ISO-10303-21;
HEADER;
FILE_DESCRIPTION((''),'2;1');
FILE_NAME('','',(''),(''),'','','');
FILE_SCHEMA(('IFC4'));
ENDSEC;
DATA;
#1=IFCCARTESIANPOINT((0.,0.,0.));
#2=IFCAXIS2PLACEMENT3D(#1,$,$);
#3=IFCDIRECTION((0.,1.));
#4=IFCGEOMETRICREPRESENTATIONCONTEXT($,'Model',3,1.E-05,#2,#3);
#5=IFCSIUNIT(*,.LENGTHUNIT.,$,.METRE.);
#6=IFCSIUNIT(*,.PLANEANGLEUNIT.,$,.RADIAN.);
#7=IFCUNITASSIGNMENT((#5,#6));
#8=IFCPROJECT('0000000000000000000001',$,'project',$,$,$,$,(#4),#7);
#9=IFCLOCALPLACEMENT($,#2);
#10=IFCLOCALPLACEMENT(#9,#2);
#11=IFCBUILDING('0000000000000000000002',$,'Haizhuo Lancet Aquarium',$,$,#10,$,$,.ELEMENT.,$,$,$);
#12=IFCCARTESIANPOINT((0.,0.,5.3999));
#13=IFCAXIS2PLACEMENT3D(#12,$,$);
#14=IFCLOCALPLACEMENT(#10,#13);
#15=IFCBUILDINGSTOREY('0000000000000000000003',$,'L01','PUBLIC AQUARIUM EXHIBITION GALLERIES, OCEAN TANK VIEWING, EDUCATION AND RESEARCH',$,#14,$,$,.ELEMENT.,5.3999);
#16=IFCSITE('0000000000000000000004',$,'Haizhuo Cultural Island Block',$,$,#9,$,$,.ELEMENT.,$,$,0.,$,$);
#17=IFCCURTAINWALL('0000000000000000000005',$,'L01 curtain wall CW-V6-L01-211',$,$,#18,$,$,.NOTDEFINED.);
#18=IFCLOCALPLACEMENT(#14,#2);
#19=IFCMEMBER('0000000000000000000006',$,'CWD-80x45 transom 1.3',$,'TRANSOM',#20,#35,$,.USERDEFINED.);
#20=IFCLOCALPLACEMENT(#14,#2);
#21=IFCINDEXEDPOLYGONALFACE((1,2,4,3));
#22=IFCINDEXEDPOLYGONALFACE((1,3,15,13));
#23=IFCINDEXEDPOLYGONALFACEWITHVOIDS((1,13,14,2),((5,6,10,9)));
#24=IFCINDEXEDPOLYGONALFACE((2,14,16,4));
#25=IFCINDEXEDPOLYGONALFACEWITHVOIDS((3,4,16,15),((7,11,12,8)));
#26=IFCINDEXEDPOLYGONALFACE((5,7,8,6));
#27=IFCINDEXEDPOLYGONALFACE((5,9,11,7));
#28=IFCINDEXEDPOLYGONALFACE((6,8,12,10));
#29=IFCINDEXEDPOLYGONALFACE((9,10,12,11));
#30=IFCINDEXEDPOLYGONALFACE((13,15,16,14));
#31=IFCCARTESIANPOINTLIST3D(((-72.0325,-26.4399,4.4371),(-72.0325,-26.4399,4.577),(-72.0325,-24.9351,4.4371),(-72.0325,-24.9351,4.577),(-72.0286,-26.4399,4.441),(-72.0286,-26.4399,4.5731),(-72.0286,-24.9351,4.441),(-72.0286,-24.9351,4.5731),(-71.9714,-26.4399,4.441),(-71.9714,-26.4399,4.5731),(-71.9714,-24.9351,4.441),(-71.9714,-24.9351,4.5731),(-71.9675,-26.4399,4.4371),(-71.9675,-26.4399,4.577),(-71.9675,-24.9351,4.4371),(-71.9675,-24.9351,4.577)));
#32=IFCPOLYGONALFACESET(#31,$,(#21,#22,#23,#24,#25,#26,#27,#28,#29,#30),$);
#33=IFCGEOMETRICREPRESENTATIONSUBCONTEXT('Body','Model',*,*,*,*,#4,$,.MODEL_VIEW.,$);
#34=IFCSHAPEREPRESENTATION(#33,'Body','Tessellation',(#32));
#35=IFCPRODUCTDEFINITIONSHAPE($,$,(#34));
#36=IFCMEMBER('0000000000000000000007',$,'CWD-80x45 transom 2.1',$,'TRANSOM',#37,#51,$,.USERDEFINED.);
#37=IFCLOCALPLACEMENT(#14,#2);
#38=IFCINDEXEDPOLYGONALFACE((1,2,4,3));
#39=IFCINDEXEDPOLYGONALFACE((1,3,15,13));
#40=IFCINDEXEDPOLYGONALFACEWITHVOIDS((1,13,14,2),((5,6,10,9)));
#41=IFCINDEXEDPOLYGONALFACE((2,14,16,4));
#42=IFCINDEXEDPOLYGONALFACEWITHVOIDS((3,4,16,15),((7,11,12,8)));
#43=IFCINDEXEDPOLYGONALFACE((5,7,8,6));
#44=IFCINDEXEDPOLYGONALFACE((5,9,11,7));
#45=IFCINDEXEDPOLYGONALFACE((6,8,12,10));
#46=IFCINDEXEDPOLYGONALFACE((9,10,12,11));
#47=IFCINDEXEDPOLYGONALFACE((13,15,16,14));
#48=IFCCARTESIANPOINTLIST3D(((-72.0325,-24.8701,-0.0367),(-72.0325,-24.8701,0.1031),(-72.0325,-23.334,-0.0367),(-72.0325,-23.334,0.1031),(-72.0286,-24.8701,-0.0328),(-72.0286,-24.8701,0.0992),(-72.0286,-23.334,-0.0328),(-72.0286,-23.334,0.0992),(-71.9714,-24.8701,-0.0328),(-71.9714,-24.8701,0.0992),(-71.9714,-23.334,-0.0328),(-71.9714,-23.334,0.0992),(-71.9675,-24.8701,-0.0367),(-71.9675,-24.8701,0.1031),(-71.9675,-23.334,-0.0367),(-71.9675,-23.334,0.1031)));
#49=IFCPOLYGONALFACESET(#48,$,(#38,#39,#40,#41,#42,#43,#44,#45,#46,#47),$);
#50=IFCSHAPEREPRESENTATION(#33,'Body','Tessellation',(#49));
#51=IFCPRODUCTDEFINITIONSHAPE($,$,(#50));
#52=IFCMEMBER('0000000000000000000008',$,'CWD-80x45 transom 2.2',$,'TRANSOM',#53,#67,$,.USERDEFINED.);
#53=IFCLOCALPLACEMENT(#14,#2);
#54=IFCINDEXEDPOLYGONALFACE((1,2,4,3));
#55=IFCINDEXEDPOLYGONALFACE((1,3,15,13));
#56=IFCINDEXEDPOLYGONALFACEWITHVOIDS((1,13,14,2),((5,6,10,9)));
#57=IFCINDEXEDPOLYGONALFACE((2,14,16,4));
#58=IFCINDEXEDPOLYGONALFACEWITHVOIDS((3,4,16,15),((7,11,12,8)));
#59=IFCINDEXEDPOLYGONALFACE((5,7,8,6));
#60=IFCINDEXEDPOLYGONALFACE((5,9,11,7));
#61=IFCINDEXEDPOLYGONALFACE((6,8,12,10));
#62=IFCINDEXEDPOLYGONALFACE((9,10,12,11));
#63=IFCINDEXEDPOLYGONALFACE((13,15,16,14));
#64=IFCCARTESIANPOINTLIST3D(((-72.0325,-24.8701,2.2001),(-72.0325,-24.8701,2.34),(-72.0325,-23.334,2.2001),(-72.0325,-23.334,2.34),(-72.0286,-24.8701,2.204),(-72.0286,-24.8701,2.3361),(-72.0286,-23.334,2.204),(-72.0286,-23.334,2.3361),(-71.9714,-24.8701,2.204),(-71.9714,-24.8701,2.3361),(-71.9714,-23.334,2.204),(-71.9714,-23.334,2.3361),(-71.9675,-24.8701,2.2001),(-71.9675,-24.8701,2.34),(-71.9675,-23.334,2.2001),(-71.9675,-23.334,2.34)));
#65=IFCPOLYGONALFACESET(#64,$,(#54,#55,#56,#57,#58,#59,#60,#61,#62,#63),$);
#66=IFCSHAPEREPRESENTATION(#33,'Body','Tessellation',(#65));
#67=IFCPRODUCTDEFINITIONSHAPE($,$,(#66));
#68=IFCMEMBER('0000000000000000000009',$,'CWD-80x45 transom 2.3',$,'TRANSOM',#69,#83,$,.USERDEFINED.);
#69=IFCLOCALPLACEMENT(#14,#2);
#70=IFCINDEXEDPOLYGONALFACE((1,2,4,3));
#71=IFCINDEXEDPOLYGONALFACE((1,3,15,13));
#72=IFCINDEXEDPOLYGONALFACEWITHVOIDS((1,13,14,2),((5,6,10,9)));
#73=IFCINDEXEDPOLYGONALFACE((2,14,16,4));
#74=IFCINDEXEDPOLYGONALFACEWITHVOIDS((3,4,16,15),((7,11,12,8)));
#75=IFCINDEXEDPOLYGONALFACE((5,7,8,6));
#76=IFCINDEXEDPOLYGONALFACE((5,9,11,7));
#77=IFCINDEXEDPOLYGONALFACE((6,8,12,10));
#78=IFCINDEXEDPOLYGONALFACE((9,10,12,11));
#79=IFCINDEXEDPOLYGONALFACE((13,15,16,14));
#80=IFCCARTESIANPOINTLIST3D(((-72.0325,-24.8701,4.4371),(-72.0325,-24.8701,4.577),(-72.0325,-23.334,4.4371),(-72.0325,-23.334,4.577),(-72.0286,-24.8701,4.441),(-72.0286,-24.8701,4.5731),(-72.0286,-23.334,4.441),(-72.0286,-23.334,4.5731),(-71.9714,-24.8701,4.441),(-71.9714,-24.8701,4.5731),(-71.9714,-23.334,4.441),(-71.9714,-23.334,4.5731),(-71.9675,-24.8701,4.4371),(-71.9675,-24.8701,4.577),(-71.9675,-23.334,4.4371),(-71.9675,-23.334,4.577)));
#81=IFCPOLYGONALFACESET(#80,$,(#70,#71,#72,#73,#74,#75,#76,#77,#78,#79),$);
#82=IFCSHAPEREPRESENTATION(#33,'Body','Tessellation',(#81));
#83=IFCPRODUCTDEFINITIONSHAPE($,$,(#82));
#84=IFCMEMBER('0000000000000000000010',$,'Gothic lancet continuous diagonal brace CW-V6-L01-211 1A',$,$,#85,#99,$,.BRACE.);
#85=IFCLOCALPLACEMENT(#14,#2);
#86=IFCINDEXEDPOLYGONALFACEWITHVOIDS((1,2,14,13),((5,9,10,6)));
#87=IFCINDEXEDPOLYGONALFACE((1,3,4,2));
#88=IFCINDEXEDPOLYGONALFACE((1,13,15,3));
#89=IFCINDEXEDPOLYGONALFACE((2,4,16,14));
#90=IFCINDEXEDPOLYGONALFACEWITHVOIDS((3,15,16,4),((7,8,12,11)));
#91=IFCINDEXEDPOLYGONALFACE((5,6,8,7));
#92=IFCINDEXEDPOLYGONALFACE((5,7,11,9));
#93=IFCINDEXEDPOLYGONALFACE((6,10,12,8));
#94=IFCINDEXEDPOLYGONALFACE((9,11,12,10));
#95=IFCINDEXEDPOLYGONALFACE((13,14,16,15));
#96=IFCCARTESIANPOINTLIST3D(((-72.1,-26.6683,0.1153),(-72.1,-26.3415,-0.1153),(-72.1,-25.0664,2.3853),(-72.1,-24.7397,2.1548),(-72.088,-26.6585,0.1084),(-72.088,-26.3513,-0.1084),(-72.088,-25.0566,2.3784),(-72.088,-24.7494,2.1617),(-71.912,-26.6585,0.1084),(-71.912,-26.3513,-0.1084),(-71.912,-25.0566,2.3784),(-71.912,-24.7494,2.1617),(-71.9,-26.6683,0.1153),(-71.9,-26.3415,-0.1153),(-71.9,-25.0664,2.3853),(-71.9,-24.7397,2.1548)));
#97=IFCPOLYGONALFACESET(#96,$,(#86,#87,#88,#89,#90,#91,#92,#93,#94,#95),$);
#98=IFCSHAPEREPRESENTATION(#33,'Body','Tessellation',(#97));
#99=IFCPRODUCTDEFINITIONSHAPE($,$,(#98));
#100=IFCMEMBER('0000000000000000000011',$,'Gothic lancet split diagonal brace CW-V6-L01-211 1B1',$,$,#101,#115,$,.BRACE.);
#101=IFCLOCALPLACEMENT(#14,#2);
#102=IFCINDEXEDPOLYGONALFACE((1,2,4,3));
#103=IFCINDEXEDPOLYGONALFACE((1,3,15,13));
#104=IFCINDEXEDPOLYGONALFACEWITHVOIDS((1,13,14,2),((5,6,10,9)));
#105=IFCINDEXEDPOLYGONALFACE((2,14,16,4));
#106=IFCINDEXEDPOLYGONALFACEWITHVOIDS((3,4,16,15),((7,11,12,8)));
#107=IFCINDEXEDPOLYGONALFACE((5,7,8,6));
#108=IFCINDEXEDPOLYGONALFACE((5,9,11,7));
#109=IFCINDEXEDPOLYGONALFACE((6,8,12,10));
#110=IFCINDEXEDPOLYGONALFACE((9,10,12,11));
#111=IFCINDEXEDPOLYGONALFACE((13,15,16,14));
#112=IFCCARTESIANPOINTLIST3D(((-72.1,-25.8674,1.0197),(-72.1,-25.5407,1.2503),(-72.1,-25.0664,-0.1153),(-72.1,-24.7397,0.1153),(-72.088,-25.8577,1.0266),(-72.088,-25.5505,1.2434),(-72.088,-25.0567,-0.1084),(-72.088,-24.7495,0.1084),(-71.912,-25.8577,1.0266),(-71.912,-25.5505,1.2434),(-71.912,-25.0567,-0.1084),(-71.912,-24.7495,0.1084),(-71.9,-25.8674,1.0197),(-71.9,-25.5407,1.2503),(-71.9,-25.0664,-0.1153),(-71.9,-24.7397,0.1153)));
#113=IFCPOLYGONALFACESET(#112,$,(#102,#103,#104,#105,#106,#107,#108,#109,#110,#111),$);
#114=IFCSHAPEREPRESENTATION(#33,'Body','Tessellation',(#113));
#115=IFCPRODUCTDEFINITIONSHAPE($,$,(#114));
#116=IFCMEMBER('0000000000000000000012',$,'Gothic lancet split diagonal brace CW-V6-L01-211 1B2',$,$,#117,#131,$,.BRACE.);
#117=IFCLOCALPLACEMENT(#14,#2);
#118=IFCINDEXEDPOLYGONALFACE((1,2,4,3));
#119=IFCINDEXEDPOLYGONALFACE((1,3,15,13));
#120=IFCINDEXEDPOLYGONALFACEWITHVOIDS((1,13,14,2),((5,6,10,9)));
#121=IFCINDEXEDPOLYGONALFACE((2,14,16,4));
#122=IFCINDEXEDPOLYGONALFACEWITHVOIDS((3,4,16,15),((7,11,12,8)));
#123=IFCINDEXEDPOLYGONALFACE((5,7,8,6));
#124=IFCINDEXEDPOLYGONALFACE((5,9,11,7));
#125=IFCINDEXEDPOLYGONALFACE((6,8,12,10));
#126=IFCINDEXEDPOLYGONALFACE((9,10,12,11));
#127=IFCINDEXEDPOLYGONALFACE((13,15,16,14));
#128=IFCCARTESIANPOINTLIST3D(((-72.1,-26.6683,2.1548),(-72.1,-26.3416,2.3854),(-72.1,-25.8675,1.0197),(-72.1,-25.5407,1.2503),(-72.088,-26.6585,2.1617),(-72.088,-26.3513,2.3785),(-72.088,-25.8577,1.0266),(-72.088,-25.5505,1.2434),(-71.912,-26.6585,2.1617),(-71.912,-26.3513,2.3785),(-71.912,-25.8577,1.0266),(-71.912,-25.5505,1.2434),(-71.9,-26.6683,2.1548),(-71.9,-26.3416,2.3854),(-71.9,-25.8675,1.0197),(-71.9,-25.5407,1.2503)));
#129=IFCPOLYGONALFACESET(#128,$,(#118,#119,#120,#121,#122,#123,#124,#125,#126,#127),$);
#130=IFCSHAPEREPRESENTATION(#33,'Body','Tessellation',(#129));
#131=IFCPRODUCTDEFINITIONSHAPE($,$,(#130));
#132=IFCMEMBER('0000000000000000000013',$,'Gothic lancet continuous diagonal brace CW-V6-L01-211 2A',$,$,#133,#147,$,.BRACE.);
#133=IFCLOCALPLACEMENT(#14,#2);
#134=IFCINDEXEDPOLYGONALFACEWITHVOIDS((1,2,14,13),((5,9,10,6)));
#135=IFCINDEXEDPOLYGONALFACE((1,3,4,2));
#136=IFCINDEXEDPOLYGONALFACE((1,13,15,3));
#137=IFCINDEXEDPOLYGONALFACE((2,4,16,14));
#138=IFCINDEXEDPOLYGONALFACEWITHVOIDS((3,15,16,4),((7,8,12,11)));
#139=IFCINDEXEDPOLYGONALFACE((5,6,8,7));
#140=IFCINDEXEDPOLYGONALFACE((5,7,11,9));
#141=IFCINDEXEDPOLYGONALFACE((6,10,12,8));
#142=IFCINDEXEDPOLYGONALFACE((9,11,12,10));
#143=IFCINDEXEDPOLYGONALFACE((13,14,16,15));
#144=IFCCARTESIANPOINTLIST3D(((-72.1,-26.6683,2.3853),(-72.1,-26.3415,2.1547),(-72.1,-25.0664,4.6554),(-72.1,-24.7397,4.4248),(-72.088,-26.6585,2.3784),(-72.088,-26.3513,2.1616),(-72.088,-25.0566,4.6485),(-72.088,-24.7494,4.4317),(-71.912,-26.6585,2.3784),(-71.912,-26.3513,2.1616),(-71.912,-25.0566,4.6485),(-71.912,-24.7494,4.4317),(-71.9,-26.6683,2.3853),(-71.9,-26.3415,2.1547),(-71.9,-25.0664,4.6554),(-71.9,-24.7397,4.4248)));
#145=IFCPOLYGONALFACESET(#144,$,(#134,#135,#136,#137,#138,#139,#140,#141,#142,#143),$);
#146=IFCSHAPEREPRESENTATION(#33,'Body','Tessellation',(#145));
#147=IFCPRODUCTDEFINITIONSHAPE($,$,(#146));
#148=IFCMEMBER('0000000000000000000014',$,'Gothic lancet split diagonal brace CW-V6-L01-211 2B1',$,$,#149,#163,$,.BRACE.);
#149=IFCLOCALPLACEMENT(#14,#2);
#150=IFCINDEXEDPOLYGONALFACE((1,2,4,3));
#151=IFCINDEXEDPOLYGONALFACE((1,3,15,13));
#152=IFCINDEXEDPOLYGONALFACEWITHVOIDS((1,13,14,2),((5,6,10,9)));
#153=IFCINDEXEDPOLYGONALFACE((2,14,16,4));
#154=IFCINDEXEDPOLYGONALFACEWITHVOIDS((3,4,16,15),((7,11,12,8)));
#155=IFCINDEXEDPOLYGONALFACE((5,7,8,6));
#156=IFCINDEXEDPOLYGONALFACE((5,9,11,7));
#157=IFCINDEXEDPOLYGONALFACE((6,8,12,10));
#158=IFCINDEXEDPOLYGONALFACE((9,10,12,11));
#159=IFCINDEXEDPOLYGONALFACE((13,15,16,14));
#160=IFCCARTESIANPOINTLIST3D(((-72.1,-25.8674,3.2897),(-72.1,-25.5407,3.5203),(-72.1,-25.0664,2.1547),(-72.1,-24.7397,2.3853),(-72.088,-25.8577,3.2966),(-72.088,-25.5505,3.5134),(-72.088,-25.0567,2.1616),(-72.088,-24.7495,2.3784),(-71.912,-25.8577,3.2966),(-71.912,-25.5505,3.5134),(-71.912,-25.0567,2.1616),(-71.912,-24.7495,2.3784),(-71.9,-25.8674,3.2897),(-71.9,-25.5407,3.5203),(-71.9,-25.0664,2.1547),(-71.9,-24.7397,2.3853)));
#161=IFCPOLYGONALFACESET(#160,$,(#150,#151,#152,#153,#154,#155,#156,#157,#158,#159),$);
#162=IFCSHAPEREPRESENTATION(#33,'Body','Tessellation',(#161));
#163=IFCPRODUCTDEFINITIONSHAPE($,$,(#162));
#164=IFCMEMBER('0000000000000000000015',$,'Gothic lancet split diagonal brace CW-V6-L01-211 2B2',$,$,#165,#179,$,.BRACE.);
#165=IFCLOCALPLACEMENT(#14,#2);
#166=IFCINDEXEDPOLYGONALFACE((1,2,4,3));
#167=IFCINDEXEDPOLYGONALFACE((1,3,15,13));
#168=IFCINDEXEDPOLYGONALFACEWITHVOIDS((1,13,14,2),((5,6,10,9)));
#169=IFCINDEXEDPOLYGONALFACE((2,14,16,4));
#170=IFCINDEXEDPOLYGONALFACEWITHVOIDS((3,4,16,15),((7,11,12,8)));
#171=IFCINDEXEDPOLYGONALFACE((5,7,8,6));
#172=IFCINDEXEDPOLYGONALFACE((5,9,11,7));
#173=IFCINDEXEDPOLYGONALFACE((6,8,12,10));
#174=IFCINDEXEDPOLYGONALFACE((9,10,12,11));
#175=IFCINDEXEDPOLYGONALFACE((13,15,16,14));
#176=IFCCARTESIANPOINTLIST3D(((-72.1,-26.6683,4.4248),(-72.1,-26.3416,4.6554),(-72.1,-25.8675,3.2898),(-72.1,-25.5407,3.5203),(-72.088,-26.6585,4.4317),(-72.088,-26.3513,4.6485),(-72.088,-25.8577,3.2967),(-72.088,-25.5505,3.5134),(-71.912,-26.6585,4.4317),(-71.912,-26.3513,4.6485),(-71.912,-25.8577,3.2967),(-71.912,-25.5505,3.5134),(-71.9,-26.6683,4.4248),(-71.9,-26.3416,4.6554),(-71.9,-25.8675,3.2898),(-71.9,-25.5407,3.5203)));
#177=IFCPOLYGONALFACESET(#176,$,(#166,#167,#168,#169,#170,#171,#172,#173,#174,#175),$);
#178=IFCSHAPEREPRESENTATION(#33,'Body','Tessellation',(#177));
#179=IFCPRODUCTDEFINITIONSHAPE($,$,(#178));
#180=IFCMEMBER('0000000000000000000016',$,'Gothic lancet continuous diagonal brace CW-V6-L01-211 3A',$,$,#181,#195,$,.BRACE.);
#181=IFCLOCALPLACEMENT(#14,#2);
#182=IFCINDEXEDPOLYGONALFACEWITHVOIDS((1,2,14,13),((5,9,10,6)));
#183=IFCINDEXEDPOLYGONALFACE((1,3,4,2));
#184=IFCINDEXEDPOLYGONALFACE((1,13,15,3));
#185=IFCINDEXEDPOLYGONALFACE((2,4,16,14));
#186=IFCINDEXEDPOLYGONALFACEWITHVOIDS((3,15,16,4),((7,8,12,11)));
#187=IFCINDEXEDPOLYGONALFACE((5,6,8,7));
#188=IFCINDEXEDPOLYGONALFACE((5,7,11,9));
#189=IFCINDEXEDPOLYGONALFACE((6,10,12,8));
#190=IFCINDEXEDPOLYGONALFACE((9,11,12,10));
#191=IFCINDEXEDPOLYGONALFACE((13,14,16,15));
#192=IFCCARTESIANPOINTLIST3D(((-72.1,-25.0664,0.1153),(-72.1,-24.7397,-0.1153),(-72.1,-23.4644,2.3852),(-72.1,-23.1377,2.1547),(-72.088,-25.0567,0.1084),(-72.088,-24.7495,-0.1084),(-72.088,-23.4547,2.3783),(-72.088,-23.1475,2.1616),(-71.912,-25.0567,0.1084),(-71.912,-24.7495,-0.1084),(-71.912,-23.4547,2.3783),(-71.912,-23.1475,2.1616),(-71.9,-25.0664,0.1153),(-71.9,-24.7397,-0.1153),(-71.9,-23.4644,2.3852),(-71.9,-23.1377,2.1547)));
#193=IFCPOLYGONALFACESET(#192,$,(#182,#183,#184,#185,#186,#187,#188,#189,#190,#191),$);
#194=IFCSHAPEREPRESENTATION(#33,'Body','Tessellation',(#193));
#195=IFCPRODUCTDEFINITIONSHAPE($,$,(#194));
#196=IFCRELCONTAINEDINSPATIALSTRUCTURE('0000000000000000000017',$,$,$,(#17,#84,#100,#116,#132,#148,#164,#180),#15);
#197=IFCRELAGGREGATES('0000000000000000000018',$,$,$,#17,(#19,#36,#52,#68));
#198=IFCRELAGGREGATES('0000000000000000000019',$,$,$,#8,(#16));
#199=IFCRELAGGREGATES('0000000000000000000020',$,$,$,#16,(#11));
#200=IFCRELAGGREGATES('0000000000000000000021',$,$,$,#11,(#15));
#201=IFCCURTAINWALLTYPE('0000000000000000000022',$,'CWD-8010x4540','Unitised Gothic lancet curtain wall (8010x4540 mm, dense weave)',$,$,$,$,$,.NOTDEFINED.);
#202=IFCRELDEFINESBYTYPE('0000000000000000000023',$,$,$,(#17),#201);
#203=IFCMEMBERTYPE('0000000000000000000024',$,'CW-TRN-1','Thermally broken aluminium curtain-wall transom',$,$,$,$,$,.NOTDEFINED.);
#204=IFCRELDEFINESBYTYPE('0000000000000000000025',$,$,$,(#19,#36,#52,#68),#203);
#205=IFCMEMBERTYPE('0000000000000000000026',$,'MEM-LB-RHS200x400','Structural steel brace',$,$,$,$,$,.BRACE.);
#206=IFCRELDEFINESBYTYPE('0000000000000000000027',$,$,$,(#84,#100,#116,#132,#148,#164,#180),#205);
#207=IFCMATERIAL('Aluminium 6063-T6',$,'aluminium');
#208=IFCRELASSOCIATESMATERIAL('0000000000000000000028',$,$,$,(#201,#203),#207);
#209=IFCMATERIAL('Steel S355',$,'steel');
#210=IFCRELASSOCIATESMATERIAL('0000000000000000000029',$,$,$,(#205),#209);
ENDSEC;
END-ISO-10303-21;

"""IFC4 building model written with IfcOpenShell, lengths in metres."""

from ifc_helpers import new_model, si_unit, direction, frame, origin, origin_2d, place, context, subcontext, project, spatial, hollow_rectangle, extrude, material, material_profile, profile_set, type_object, element, aggregate, save


model = new_model("IFC4")

# Units and contexts
model_context = context("Model", 3, precision=1e-05, world=origin(), true_north=direction((0.0, 1.0)))
body_context = subcontext(model_context, "Body", "Model", "MODEL_VIEW")
ifc_project = project(units=[si_unit("LENGTHUNIT", "METRE"), si_unit("PLANEANGLEUNIT", "RADIAN")], contexts=[model_context])

# Site, building, storey
site_placement = place(None, origin())
site = spatial("IfcSite", under=ifc_project, at=site_placement, Name="Haizhuo Cultural Island Block", CompositionType="ELEMENT", RefElevation=0.0)
building_placement = place(site_placement, origin())
building = spatial("IfcBuilding", under=site, at=building_placement, Name="Haizhuo Lancet Aquarium", CompositionType="ELEMENT")
storey_placement = place(building_placement, frame((0.0, 0.0, 5.3999)))
storey = spatial("IfcBuildingStorey", under=building, at=storey_placement, Name="L01", Description="PUBLIC AQUARIUM EXHIBITION GALLERIES, OCEAN TANK VIEWING, EDUCATION AND RESEARCH", CompositionType="ELEMENT", Elevation=5.3999)

# Shared definitions
ifc_material_1 = material(Name="Steel S355", Category="steel")

# Curtain wall, members
ifc_material_2 = material(Name="Aluminium 6063-T6", Category="aluminium")
curtain_wall_type = type_object("IfcCurtainWallType", Name="CWD-8010x4540", Description="Unitised Gothic lancet curtain wall (8010x4540 mm, dense weave)", PredefinedType="NOTDEFINED", material=ifc_material_2)
curtain_wall_placement = place(storey_placement, origin())
curtain_wall = element("IfcCurtainWall", 1, at=curtain_wall_placement, inside=storey, type_object=curtain_wall_type, Name="L01 curtain wall CW-V6-L01-211", PredefinedType="NOTDEFINED")
ifc_material_profile_1 = material_profile(ifc_material_2, hollow_rectangle(XDim=0.0649, YDim=0.1399, WallThickness=0.0039, at=origin_2d()), Name="ALU-T 65x140x4")
ifc_profile_set_1 = profile_set([ifc_material_profile_1], Name="Aluminium 6063-T6")
member_type_1 = type_object("IfcMemberType", Name="CW-TRN-1", Description="Thermally broken aluminium curtain-wall transom", PredefinedType="NOTDEFINED", material=ifc_profile_set_1)
member_1_placement = place(storey_placement, frame((-72.0, -26.4399, 4.5071), z_axis=(0.0, 1.0, 0.0), x_axis=(-1.0, 0.0, 0.0)))
member_1 = element("IfcMember", 2, at=member_1_placement, type_object=member_type_1, Name="CWD-80x45 transom 1.3", ObjectType="TRANSOM", PredefinedType="USERDEFINED", context=body_context, shape_type="SweptSolid", body=[
    extrude(hollow_rectangle(XDim=0.0649, YDim=0.1399, WallThickness=0.0039, at=origin_2d()), origin(), (0.0, 0.0, 1.0), 1.5049),
])
member_2_placement = place(storey_placement, frame((-72.0, -24.8701, 0.0332), z_axis=(0.0, 1.0, 0.0), x_axis=(-1.0, 0.0, 0.0)))
member_2 = element("IfcMember", 3, at=member_2_placement, type_object=member_type_1, Name="CWD-80x45 transom 2.1", ObjectType="TRANSOM", PredefinedType="USERDEFINED", context=body_context, shape_type="SweptSolid", body=[
    extrude(hollow_rectangle(XDim=0.0649, YDim=0.1399, WallThickness=0.0039, at=origin_2d()), origin(), (0.0, 0.0, 1.0), 1.5361),
])
member_3_placement = place(storey_placement, frame((-72.0, -24.8701, 2.27), z_axis=(0.0, 1.0, 0.0), x_axis=(-1.0, 0.0, 0.0)))
member_3 = element("IfcMember", 4, at=member_3_placement, type_object=member_type_1, Name="CWD-80x45 transom 2.2", ObjectType="TRANSOM", PredefinedType="USERDEFINED", context=body_context, shape_type="SweptSolid", body=[
    extrude(hollow_rectangle(XDim=0.0649, YDim=0.1399, WallThickness=0.0039, at=origin_2d()), origin(), (0.0, 0.0, 1.0), 1.5361),
])
member_4_placement = place(storey_placement, frame((-72.0, -24.8701, 4.5071), z_axis=(0.0, 1.0, 0.0), x_axis=(-1.0, 0.0, 0.0)))
member_4 = element("IfcMember", 5, at=member_4_placement, type_object=member_type_1, Name="CWD-80x45 transom 2.3", ObjectType="TRANSOM", PredefinedType="USERDEFINED", context=body_context, shape_type="SweptSolid", body=[
    extrude(hollow_rectangle(XDim=0.0649, YDim=0.1399, WallThickness=0.0039, at=origin_2d()), origin(), (0.0, 0.0, 1.0), 1.5361),
])

# Members
ifc_material_profile_2 = material_profile(ifc_material_1, hollow_rectangle(XDim=0.2, YDim=0.3999, WallThickness=0.012, at=origin_2d()), Name="RHS 200x400x12")
ifc_profile_set_2 = profile_set([ifc_material_profile_2], Name="Steel S355")
member_type_2 = type_object("IfcMemberType", Name="MEM-LB-RHS200x400", Description="Structural steel brace", PredefinedType="BRACE", material=ifc_profile_set_2)
member_5_placement = place(storey_placement, frame((-72.0, -26.5049, 0.0), z_axis=(0.0, 0.576549, 0.817063), x_axis=(-1.0, 0.0, 0.0)))
element("IfcMember", 6, at=member_5_placement, inside=storey, type_object=member_type_2, Name="Gothic lancet continuous diagonal brace CW-V6-L01-211 1A", PredefinedType="BRACE", context=body_context, shape_type="SweptSolid", body=[
    extrude(hollow_rectangle(XDim=0.2, YDim=0.3999, WallThickness=0.012, at=origin_2d()), origin(), (0.0, 0.0, 1.0), 2.7783),
])
for number, where, z_axis, x_axis, name in (
    (7, (-72.0, -24.9031, 0.0), (0.0, -0.576607, 0.817021), (1.0, 0.0, 0.0), "Gothic lancet split diagonal brace CW-V6-L01-211 1B1"),
    (8, (-72.0, -25.7041, 1.135), (0.0, -0.57649, 0.817104), (1.0, 0.0, 0.0), "Gothic lancet split diagonal brace CW-V6-L01-211 1B2"),
):
    element("IfcMember", number, at=place(storey_placement, frame(where, z_axis=z_axis, x_axis=x_axis)), inside=storey, type_object=member_type_2, Name=name, PredefinedType="BRACE", context=body_context, shape_type="SweptSolid", body=[
        extrude(hollow_rectangle(XDim=0.2, YDim=0.3999, WallThickness=0.012, at=origin_2d()), origin(), (0.0, 0.0, 1.0), 1.3892),
    ])
member_6_placement = place(storey_placement, frame((-72.0, -26.5049, 2.27), z_axis=(0.0, 0.576549, 0.817063), x_axis=(-1.0, 0.0, 0.0)))
element("IfcMember", 9, at=member_6_placement, inside=storey, type_object=member_type_2, Name="Gothic lancet continuous diagonal brace CW-V6-L01-211 2A", PredefinedType="BRACE", context=body_context, shape_type="SweptSolid", body=[
    extrude(hollow_rectangle(XDim=0.2, YDim=0.3999, WallThickness=0.012, at=origin_2d()), origin(), (0.0, 0.0, 1.0), 2.7783),
])
for number, where, z_axis, x_axis, name in (
    (10, (-72.0, -24.9031, 2.27), (0.0, -0.576607, 0.817021), (1.0, 0.0, 0.0), "Gothic lancet split diagonal brace CW-V6-L01-211 2B1"),
    (11, (-72.0, -25.7041, 3.405), (0.0, -0.57649, 0.817104), (1.0, 0.0, 0.0), "Gothic lancet split diagonal brace CW-V6-L01-211 2B2"),
):
    element("IfcMember", number, at=place(storey_placement, frame(where, z_axis=z_axis, x_axis=x_axis)), inside=storey, type_object=member_type_2, Name=name, PredefinedType="BRACE", context=body_context, shape_type="SweptSolid", body=[
        extrude(hollow_rectangle(XDim=0.2, YDim=0.3999, WallThickness=0.012, at=origin_2d()), origin(), (0.0, 0.0, 1.0), 1.3892),
    ])
for number, where, z_axis, x_axis, name in (
    (12, (-72.0, -24.9031, 0.0), (0.0, 0.576607, 0.817021), (-1.0, 0.0, 0.0), "Gothic lancet continuous diagonal brace CW-V6-L01-211 3A"),
):
    element("IfcMember", number, at=place(storey_placement, frame(where, z_axis=z_axis, x_axis=x_axis)), inside=storey, type_object=member_type_2, Name=name, PredefinedType="BRACE", context=body_context, shape_type="SweptSolid", body=[
        extrude(hollow_rectangle(XDim=0.2, YDim=0.3999, WallThickness=0.012, at=origin_2d()), origin(), (0.0, 0.0, 1.0), 2.7783),
    ])

aggregate(curtain_wall, [member_1, member_2, member_3, member_4])

save(model, "model.ifc")
